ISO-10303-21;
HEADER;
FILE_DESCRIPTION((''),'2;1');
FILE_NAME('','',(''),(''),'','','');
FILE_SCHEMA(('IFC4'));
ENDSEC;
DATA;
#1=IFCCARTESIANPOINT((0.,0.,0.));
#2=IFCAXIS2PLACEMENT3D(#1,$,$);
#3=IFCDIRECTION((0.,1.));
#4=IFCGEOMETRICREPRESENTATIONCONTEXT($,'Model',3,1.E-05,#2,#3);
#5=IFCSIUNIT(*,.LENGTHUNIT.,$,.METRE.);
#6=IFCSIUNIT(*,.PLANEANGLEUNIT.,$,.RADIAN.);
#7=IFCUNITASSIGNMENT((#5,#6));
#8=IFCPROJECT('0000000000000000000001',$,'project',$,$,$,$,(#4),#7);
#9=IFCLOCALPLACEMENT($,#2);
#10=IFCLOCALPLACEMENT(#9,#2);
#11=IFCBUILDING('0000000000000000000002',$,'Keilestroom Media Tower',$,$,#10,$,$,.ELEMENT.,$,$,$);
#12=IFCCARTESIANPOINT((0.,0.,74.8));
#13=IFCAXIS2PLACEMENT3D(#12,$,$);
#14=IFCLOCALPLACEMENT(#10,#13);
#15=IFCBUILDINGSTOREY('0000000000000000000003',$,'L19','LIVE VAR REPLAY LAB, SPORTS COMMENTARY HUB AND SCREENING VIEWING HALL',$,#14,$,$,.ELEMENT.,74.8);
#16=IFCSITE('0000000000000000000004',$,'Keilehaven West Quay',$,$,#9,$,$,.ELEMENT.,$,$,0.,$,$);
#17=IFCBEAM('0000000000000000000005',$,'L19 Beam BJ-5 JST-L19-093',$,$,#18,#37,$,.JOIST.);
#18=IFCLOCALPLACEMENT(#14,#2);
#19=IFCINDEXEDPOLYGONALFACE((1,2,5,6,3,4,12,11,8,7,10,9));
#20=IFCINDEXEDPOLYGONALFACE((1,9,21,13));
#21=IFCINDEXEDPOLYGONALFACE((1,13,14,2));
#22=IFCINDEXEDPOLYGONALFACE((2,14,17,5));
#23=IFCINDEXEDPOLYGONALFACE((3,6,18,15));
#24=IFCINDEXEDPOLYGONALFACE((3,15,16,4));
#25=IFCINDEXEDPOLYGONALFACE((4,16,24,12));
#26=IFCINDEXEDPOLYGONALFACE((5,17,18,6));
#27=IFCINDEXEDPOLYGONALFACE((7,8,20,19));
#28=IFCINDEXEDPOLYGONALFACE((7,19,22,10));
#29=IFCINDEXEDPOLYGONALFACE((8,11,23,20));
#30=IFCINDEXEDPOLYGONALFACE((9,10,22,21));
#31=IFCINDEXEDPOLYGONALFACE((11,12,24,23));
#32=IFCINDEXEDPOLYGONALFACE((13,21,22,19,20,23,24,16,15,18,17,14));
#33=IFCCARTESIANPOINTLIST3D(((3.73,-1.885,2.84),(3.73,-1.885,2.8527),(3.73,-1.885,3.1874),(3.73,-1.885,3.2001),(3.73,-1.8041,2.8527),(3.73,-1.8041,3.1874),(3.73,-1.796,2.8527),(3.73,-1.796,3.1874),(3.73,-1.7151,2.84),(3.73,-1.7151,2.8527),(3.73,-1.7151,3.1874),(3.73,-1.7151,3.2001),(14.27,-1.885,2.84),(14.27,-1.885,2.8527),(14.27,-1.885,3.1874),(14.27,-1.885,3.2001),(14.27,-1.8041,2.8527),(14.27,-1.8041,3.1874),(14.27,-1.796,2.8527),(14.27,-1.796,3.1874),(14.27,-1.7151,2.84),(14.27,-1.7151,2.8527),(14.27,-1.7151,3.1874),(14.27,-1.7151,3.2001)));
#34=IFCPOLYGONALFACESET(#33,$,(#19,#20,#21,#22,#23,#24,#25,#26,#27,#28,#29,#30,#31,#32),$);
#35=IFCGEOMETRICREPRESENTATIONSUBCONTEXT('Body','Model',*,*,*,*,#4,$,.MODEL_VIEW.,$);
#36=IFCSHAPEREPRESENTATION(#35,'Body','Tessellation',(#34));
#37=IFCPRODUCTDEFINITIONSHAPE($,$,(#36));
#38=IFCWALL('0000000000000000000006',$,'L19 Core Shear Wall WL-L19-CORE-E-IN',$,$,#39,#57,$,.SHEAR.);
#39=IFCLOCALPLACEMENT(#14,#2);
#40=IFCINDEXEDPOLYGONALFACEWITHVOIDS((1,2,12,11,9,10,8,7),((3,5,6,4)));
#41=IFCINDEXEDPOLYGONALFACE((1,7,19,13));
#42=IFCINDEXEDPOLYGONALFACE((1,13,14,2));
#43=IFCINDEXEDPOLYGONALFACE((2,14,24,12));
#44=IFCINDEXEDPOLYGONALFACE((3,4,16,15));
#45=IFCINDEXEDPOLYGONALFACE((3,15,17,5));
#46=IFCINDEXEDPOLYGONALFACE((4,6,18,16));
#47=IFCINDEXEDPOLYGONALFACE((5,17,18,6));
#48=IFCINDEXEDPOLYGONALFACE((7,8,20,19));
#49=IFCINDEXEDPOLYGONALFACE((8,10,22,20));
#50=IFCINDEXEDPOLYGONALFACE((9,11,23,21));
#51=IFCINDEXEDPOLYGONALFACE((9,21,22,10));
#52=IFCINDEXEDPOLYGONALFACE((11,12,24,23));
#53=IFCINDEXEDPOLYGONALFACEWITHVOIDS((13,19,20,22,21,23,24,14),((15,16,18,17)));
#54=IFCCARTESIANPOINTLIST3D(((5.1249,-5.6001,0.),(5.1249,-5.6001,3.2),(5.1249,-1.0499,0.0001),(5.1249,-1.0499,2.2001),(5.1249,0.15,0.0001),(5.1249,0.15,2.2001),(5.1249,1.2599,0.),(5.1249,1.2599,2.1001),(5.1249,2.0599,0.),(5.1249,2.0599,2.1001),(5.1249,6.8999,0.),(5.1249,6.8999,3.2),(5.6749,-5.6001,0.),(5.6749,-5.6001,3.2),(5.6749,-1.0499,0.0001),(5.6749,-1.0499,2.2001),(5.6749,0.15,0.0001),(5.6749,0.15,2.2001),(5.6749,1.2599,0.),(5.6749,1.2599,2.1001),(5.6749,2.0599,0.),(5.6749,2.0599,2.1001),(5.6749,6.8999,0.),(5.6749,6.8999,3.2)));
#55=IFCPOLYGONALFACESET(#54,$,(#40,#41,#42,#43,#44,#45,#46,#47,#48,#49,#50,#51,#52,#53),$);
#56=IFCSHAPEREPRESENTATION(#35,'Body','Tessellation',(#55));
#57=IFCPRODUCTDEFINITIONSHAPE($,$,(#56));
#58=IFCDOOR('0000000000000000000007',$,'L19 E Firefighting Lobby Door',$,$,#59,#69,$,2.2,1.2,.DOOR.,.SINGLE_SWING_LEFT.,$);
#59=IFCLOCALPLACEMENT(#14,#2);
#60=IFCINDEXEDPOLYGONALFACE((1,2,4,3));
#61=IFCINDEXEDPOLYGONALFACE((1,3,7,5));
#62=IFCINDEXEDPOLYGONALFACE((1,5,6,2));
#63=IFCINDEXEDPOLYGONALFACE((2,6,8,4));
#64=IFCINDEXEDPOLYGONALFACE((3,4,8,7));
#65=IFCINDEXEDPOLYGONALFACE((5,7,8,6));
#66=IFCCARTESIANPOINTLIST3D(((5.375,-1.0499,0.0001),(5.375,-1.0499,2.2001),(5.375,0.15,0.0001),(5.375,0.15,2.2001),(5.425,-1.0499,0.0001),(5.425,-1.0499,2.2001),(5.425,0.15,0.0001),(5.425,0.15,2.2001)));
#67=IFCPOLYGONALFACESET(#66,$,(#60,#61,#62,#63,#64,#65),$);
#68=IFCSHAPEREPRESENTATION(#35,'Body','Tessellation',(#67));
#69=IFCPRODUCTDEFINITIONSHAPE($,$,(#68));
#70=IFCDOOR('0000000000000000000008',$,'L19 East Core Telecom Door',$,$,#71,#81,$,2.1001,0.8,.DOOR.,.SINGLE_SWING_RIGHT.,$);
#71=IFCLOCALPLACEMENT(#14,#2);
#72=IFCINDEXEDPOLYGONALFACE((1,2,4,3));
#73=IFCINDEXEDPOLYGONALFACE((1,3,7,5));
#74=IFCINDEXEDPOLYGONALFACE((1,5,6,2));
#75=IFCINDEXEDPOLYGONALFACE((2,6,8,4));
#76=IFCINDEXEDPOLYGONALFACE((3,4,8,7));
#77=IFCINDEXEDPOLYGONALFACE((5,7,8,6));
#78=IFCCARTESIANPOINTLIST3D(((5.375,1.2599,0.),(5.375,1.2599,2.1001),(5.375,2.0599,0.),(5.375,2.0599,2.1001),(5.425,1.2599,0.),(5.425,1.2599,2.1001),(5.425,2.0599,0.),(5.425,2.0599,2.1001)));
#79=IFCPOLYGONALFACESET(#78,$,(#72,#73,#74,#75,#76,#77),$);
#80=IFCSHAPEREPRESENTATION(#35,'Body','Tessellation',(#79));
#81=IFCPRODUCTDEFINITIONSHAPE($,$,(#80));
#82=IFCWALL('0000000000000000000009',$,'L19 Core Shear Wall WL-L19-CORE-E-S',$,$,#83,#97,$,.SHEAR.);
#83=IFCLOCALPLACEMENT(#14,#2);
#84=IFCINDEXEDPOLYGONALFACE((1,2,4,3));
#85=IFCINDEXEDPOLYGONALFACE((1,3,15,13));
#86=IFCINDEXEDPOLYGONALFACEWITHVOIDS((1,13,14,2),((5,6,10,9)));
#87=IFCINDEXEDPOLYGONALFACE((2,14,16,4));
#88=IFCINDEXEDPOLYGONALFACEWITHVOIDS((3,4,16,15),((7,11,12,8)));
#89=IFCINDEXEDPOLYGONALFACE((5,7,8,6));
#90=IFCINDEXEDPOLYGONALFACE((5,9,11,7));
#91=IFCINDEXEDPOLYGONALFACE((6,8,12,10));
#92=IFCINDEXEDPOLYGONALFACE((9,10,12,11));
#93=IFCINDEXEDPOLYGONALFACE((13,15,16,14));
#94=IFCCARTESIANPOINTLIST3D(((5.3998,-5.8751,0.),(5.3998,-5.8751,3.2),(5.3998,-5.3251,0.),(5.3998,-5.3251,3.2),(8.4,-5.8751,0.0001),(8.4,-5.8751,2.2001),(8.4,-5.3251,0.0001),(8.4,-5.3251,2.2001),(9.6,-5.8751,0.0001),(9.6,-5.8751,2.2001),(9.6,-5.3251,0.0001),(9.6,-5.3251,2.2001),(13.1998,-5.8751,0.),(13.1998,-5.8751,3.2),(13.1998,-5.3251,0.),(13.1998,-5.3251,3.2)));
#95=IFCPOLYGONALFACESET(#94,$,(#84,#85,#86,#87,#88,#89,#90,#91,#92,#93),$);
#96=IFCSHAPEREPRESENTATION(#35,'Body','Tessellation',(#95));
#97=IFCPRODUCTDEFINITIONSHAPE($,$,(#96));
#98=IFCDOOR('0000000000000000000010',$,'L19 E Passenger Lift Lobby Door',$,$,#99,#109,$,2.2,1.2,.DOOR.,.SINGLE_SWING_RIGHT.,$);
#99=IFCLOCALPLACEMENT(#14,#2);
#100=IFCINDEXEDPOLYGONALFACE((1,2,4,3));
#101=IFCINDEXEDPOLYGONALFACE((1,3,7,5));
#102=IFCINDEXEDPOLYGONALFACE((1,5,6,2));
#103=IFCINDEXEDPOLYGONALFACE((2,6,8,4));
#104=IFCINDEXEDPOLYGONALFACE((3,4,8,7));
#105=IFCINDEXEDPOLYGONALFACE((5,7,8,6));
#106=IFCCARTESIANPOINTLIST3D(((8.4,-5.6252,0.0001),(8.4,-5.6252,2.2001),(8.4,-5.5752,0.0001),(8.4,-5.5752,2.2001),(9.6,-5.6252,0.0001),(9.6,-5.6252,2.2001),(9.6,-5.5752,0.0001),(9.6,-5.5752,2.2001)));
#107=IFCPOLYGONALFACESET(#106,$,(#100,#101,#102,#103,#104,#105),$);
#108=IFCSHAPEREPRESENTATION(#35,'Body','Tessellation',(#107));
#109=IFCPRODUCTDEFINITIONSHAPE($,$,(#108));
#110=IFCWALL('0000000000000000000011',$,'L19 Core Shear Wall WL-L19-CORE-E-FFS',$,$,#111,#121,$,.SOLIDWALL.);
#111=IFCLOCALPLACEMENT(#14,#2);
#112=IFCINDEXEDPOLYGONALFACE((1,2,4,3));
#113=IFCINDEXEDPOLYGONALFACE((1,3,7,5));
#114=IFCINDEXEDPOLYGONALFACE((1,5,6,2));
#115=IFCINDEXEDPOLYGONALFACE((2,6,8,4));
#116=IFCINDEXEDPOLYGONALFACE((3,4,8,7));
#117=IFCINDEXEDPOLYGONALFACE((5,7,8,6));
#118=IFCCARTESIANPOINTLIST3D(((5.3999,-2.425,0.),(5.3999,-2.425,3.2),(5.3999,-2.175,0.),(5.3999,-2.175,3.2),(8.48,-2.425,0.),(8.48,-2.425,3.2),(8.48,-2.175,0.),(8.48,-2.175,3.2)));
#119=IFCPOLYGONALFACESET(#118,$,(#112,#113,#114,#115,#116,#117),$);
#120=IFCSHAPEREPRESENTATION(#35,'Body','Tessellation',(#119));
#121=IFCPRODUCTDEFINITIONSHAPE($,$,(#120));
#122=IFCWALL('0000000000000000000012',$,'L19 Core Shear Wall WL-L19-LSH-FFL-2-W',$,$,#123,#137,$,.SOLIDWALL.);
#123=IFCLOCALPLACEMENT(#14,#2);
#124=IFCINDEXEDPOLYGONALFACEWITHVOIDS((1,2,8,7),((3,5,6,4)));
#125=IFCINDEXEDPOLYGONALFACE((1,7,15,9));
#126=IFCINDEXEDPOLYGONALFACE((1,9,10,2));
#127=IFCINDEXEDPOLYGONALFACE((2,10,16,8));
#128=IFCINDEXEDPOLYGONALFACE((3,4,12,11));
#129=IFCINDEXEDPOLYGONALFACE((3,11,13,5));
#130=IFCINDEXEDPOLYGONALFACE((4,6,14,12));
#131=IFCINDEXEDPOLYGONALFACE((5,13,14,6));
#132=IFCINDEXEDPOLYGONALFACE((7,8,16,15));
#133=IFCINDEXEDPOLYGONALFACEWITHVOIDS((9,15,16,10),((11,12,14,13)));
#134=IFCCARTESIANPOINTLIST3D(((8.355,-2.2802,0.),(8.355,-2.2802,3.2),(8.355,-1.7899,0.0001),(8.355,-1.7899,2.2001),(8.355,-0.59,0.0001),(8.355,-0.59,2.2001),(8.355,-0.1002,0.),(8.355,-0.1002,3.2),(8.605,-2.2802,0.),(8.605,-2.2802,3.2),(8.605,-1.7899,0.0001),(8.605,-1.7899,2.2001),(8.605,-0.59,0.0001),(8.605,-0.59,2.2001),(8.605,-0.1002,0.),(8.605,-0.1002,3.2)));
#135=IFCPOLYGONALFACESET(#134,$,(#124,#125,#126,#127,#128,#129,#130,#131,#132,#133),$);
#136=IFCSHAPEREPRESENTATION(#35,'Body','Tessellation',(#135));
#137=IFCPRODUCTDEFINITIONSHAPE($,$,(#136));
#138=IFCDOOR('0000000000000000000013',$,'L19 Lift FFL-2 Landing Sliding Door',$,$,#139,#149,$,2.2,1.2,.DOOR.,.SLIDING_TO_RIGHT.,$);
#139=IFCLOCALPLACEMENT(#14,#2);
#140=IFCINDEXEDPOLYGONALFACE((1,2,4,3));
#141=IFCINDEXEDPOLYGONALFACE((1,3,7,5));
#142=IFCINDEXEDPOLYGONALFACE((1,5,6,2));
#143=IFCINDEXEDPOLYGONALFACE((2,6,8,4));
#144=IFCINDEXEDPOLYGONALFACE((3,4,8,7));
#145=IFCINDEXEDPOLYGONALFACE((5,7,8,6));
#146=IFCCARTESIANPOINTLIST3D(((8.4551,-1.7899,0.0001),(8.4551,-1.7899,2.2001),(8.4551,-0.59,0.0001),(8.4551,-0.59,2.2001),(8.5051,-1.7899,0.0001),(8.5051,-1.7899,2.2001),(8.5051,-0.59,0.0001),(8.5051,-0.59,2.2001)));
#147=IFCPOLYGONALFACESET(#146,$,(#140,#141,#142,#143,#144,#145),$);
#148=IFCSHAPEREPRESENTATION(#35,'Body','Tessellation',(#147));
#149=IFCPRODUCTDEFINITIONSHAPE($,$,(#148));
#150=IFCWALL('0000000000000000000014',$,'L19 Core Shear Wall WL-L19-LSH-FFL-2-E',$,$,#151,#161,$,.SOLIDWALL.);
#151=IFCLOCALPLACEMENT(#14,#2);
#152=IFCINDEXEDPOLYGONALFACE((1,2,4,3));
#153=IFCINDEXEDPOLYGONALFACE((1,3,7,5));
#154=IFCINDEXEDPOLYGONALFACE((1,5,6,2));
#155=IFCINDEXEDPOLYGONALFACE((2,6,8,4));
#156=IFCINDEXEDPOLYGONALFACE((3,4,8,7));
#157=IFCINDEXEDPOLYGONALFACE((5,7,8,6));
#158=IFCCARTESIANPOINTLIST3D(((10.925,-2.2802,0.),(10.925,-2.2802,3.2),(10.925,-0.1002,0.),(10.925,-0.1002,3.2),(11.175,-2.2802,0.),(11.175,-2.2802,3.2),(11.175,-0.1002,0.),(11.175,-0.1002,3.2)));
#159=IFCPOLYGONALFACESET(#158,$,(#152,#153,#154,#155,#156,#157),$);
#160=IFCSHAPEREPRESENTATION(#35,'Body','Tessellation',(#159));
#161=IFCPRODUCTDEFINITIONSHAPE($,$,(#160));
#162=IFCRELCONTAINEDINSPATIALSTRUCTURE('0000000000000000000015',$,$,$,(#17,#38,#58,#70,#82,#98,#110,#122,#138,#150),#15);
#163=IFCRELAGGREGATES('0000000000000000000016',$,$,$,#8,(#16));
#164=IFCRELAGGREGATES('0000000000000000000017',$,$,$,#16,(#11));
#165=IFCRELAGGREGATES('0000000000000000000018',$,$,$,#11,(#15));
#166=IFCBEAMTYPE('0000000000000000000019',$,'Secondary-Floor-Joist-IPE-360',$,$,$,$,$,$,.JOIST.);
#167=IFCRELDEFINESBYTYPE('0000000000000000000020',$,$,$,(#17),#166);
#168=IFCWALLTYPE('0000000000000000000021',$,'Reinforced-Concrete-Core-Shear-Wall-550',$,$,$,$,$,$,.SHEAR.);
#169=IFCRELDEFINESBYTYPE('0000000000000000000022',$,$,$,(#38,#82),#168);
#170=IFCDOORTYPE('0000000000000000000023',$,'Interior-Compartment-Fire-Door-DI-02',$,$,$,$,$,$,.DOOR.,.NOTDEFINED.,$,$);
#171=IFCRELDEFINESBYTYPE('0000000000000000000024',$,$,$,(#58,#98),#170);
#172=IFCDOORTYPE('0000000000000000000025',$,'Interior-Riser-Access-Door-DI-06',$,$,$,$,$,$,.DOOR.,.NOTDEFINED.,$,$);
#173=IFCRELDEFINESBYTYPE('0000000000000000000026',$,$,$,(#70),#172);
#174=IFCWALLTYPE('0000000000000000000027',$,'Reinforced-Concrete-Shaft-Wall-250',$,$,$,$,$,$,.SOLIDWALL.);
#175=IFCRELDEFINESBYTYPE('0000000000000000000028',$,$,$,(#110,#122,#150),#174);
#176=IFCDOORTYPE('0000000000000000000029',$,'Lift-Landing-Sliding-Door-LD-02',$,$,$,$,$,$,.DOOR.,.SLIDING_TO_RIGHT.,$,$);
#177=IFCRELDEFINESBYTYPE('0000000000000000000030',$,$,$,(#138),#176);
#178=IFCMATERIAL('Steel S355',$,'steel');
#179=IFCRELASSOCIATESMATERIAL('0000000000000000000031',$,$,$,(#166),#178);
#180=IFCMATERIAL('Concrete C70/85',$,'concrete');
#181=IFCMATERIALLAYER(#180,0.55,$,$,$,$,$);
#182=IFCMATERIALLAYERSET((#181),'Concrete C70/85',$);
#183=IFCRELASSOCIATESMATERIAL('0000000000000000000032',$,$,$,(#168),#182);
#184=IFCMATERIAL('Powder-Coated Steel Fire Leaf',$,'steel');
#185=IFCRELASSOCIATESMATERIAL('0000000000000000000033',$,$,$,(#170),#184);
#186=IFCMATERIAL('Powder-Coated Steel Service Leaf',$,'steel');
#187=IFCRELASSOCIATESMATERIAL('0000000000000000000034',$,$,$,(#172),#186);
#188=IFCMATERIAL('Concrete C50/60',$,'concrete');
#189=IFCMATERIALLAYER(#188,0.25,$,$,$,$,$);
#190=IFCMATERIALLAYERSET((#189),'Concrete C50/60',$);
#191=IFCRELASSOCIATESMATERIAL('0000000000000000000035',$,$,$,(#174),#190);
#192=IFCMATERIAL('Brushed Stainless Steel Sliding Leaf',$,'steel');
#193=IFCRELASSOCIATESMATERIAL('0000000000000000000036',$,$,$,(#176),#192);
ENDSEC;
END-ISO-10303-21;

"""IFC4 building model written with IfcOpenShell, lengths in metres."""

from ifc_helpers import new_model, si_unit, direction, frame, frame_2d, origin, origin_2d, place, context, subcontext, project, spatial, rectangle, i_section, extrude, source, transform, mapped, material, layer, layer_set, material_profile, profile_set, type_object, element, fill, save


model = new_model("IFC4")

# Units and contexts
model_context = context("Model", 3, precision=1e-05, world=origin(), true_north=direction((0.0, 1.0)))
body_context = subcontext(model_context, "Body", "Model", "MODEL_VIEW")
ifc_project = project(units=[si_unit("LENGTHUNIT", "METRE"), si_unit("PLANEANGLEUNIT", "RADIAN")], contexts=[model_context])

# Site, building, storey
site_placement = place(None, origin())
site = spatial("IfcSite", under=ifc_project, at=site_placement, Name="Keilehaven West Quay", CompositionType="ELEMENT", RefElevation=0.0)
building_placement = place(site_placement, origin())
building = spatial("IfcBuilding", under=site, at=building_placement, Name="Keilestroom Media Tower", CompositionType="ELEMENT")
storey_placement = place(building_placement, frame((0.0, 0.0, 74.8)))
storey = spatial("IfcBuildingStorey", under=building, at=storey_placement, Name="L19", Description="LIVE VAR REPLAY LAB, SPORTS COMMENTARY HUB AND SCREENING VIEWING HALL", CompositionType="ELEMENT", Elevation=74.8)

# Shared definitions
ifc_material_1 = material(Name="Concrete C70/85", Category="concrete")

# Beam
ifc_material_2 = material(Name="Steel S355", Category="steel")
ifc_material_profile_1 = material_profile(ifc_material_2, i_section(OverallWidth=0.1699, OverallDepth=0.3601, WebThickness=0.0081, FlangeThickness=0.0127, at=origin_2d()), Name="IPE 360")
ifc_profile_set_1 = profile_set([ifc_material_profile_1], Name="Steel S355")
beam_type_1 = type_object("IfcBeamType", Name="Secondary-Floor-Joist-IPE-360", PredefinedType="JOIST", material=ifc_profile_set_1)
shared_shape_1 = source(origin(), body_context, "Body", "SweptSolid", [
    extrude(i_section(OverallWidth=0.1699, OverallDepth=0.3601, WebThickness=0.0081, FlangeThickness=0.0127, at=origin_2d()), origin(), (0.0, 0.0, 1.0), 10.54),
])
beam_1_placement = place(storey_placement, frame((3.73, -1.8, 3.02), z_axis=(1.0, 0.0, 0.0), x_axis=(0.0, 1.0, 0.0)))
element("IfcBeam", 1, at=beam_1_placement, inside=storey, type_object=beam_type_1, Name="L19 Beam BJ-5 JST-L19-093", PredefinedType="JOIST", context=body_context, shape_type="MappedRepresentation", body=[
    mapped(shared_shape_1, transform((0.0, 0.0, 0.0), x_axis=(1.0, 0.0, 0.0), y_axis=(0.0, 1.0, 0.0), z_axis=(0.0, 0.0, 1.0), scale=1.0)),
])

# Wall, openings, doors
ifc_layer_1 = layer(ifc_material_1, 0.55)
ifc_layer_set_1 = layer_set([ifc_layer_1], Name="Concrete C70/85")
wall_type_1 = type_object("IfcWallType", Name="Reinforced-Concrete-Core-Shear-Wall-550", PredefinedType="SHEAR", material=ifc_layer_set_1)
wall_1_placement = place(storey_placement, frame((5.3999, -5.6001, 0.0), z_axis=(0.0, 0.0, 1.0), x_axis=(0.0, 1.0, 0.0)))
wall_1 = element("IfcWall", 2, at=wall_1_placement, inside=storey, type_object=wall_type_1, Name="L19 Core Shear Wall WL-L19-CORE-E-IN", PredefinedType="SHEAR", context=body_context, shape_type="SweptSolid", body=[
    extrude(rectangle(XDim=12.5, YDim=0.55, at=frame_2d((6.25, 0.0))), origin(), (0.0, 0.0, 1.0), 3.2),
])
opening_1_placement = place(wall_1_placement, frame((4.55, 0.0, 0.0)))
opening_1 = element("IfcOpeningElement", 3, at=opening_1_placement, cuts=wall_1, PredefinedType="OPENING", context=body_context, shape_type="SweptSolid", body=[
    extrude(rectangle(XDim=1.2, YDim=2.2, at=frame_2d((0.6001, 1.1001))), frame((0.0, 0.2852, 0.0), z_axis=(0.0, -1.0, 0.0), x_axis=(1.0, 0.0, 0.0)), (0.0, 0.0, 1.0), 0.5701),
])
opening_2_placement = place(wall_1_placement, frame((6.8601, 0.0, 0.0)))
opening_2 = element("IfcOpeningElement", 4, at=opening_2_placement, cuts=wall_1, PredefinedType="OPENING", context=body_context, shape_type="SweptSolid", body=[
    extrude(rectangle(XDim=0.8, YDim=2.1001, at=frame_2d((0.3999, 1.05))), frame((0.0, 0.2852, 0.0), z_axis=(0.0, -1.0, 0.0), x_axis=(1.0, 0.0, 0.0)), (0.0, 0.0, 1.0), 0.5701),
])
ifc_material_3 = material(Name="Powder-Coated Steel Fire Leaf", Category="steel")
door_type_1 = type_object("IfcDoorType", Name="Interior-Compartment-Fire-Door-DI-02", OperationType="NOTDEFINED", PredefinedType="DOOR", material=ifc_material_3)
shared_shape_2 = source(origin(), body_context, "Body", "SweptSolid", [
    extrude(rectangle(XDim=1.2, YDim=2.2, at=frame_2d((0.6001, 1.1001))), frame((0.0, 0.0249, 0.0), z_axis=(0.0, -1.0, 0.0), x_axis=(1.0, 0.0, 0.0)), (0.0, 0.0, 1.0), 0.05),
])
door_1_placement = place(opening_1_placement, origin())
door_1 = element("IfcDoor", 5, at=door_1_placement, inside=storey, type_object=door_type_1, Name="L19 E Firefighting Lobby Door", OperationType="SINGLE_SWING_LEFT", OverallHeight=2.2, OverallWidth=1.2, PredefinedType="DOOR", context=body_context, shape_type="MappedRepresentation", body=[
    mapped(shared_shape_2, transform((0.0, 0.0, 0.0), x_axis=(1.0, 0.0, 0.0), y_axis=(0.0, 1.0, 0.0), z_axis=(0.0, 0.0, 1.0), scale=1.0)),
])
fill(opening_1, door_1)
ifc_material_4 = material(Name="Powder-Coated Steel Service Leaf", Category="steel")
door_type_2 = type_object("IfcDoorType", Name="Interior-Riser-Access-Door-DI-06", OperationType="NOTDEFINED", PredefinedType="DOOR", material=ifc_material_4)
shared_shape_3 = source(origin(), body_context, "Body", "SweptSolid", [
    extrude(rectangle(XDim=0.8, YDim=2.1001, at=frame_2d((0.3999, 1.05))), frame((0.0, 0.0249, 0.0), z_axis=(0.0, -1.0, 0.0), x_axis=(1.0, 0.0, 0.0)), (0.0, 0.0, 1.0), 0.05),
])
door_2_placement = place(opening_2_placement, origin())
door_2 = element("IfcDoor", 6, at=door_2_placement, inside=storey, type_object=door_type_2, Name="L19 East Core Telecom Door", OperationType="SINGLE_SWING_RIGHT", OverallHeight=2.1001, OverallWidth=0.8, PredefinedType="DOOR", context=body_context, shape_type="MappedRepresentation", body=[
    mapped(shared_shape_3, transform((0.0, 0.0, 0.0), x_axis=(1.0, 0.0, 0.0), y_axis=(0.0, 1.0, 0.0), z_axis=(0.0, 0.0, 1.0), scale=1.0)),
])
fill(opening_2, door_2)

# Wall, opening, door
wall_2_placement = place(storey_placement, frame((5.3999, -5.6001, 0.0), z_axis=(0.0, 0.0, 1.0), x_axis=(1.0, 0.0, 0.0)))
wall_2 = element("IfcWall", 7, at=wall_2_placement, inside=storey, type_object=wall_type_1, Name="L19 Core Shear Wall WL-L19-CORE-E-S", PredefinedType="SHEAR", context=body_context, shape_type="SweptSolid", body=[
    extrude(rectangle(XDim=7.8, YDim=0.55, at=frame_2d((3.8999, 0.0))), origin(), (0.0, 0.0, 1.0), 3.2),
])
opening_3_placement = place(wall_2_placement, frame((3.0, 0.0, 0.0)))
opening_3 = element("IfcOpeningElement", 8, at=opening_3_placement, cuts=wall_2, PredefinedType="OPENING", context=body_context, shape_type="SweptSolid", body=[
    extrude(rectangle(XDim=1.2, YDim=2.2, at=frame_2d((0.6001, 1.1001))), frame((0.0, 0.2852, 0.0), z_axis=(0.0, -1.0, 0.0), x_axis=(1.0, 0.0, 0.0)), (0.0, 0.0, 1.0), 0.5701),
])
door_3_placement = place(opening_3_placement, origin())
door_3 = element("IfcDoor", 9, at=door_3_placement, inside=storey, type_object=door_type_1, Name="L19 E Passenger Lift Lobby Door", OperationType="SINGLE_SWING_RIGHT", OverallHeight=2.2, OverallWidth=1.2, PredefinedType="DOOR", context=body_context, shape_type="MappedRepresentation", body=[
    mapped(shared_shape_2, transform((0.0, 0.0, 0.0), x_axis=(1.0, 0.0, 0.0), y_axis=(0.0, 1.0, 0.0), z_axis=(0.0, 0.0, 1.0), scale=1.0)),
])
fill(opening_3, door_3)

# Wall
ifc_material_5 = material(Name="Concrete C50/60", Category="concrete")
ifc_layer_2 = layer(ifc_material_5, 0.25)
ifc_layer_set_2 = layer_set([ifc_layer_2], Name="Concrete C50/60")
wall_type_2 = type_object("IfcWallType", Name="Reinforced-Concrete-Shaft-Wall-250", PredefinedType="SOLIDWALL", material=ifc_layer_set_2)
wall_3_placement = place(storey_placement, frame((5.3999, -2.3, 0.0), z_axis=(0.0, 0.0, 1.0), x_axis=(1.0, 0.0, 0.0)))
element("IfcWall", 10, at=wall_3_placement, inside=storey, type_object=wall_type_2, Name="L19 Core Shear Wall WL-L19-CORE-E-FFS", PredefinedType="SOLIDWALL", context=body_context, shape_type="SweptSolid", body=[
    extrude(rectangle(XDim=3.0801, YDim=0.25, at=frame_2d((1.54, 0.0))), origin(), (0.0, 0.0, 1.0), 3.2),
])

# Wall, opening, door
wall_4_placement = place(storey_placement, frame((8.48, -2.28, 0.0), z_axis=(0.0, 0.0, 1.0), x_axis=(0.0, 1.0, 0.0)))
wall_4 = element("IfcWall", 11, at=wall_4_placement, inside=storey, type_object=wall_type_2, Name="L19 Core Shear Wall WL-L19-LSH-FFL-2-W", PredefinedType="SOLIDWALL", context=body_context, shape_type="SweptSolid", body=[
    extrude(rectangle(XDim=2.1799, YDim=0.25, at=frame_2d((1.0898, 0.0))), origin(), (0.0, 0.0, 1.0), 3.2),
])
opening_4_placement = place(wall_4_placement, frame((0.49, 0.0, 0.0)))
opening_4 = element("IfcOpeningElement", 12, at=opening_4_placement, cuts=wall_4, PredefinedType="OPENING", context=body_context, shape_type="SweptSolid", body=[
    extrude(rectangle(XDim=1.2, YDim=2.2, at=frame_2d((0.6001, 1.1001))), frame((0.0, 0.135, 0.0), z_axis=(0.0, -1.0, 0.0), x_axis=(1.0, 0.0, 0.0)), (0.0, 0.0, 1.0), 0.27),
])
ifc_material_6 = material(Name="Brushed Stainless Steel Sliding Leaf", Category="steel")
door_type_3 = type_object("IfcDoorType", Name="Lift-Landing-Sliding-Door-LD-02", OperationType="SLIDING_TO_RIGHT", PredefinedType="DOOR", material=ifc_material_6)
door_4_placement = place(opening_4_placement, origin())
door_4 = element("IfcDoor", 13, at=door_4_placement, inside=storey, type_object=door_type_3, Name="L19 Lift FFL-2 Landing Sliding Door", OperationType="SLIDING_TO_RIGHT", OverallHeight=2.2, OverallWidth=1.2, PredefinedType="DOOR", context=body_context, shape_type="MappedRepresentation", body=[
    mapped(shared_shape_2, transform((0.0, 0.0, 0.0), x_axis=(1.0, 0.0, 0.0), y_axis=(0.0, 1.0, 0.0), z_axis=(0.0, 0.0, 1.0), scale=1.0)),
])
fill(opening_4, door_4)

# Wall
wall_5_placement = place(storey_placement, frame((11.05, -2.28, 0.0), z_axis=(0.0, 0.0, 1.0), x_axis=(0.0, 1.0, 0.0)))
element("IfcWall", 14, at=wall_5_placement, inside=storey, type_object=wall_type_2, Name="L19 Core Shear Wall WL-L19-LSH-FFL-2-E", PredefinedType="SOLIDWALL", context=body_context, shape_type="SweptSolid", body=[
    extrude(rectangle(XDim=2.1799, YDim=0.25, at=frame_2d((1.0898, 0.0))), origin(), (0.0, 0.0, 1.0), 3.2),
])

save(model, "model.ifc")
